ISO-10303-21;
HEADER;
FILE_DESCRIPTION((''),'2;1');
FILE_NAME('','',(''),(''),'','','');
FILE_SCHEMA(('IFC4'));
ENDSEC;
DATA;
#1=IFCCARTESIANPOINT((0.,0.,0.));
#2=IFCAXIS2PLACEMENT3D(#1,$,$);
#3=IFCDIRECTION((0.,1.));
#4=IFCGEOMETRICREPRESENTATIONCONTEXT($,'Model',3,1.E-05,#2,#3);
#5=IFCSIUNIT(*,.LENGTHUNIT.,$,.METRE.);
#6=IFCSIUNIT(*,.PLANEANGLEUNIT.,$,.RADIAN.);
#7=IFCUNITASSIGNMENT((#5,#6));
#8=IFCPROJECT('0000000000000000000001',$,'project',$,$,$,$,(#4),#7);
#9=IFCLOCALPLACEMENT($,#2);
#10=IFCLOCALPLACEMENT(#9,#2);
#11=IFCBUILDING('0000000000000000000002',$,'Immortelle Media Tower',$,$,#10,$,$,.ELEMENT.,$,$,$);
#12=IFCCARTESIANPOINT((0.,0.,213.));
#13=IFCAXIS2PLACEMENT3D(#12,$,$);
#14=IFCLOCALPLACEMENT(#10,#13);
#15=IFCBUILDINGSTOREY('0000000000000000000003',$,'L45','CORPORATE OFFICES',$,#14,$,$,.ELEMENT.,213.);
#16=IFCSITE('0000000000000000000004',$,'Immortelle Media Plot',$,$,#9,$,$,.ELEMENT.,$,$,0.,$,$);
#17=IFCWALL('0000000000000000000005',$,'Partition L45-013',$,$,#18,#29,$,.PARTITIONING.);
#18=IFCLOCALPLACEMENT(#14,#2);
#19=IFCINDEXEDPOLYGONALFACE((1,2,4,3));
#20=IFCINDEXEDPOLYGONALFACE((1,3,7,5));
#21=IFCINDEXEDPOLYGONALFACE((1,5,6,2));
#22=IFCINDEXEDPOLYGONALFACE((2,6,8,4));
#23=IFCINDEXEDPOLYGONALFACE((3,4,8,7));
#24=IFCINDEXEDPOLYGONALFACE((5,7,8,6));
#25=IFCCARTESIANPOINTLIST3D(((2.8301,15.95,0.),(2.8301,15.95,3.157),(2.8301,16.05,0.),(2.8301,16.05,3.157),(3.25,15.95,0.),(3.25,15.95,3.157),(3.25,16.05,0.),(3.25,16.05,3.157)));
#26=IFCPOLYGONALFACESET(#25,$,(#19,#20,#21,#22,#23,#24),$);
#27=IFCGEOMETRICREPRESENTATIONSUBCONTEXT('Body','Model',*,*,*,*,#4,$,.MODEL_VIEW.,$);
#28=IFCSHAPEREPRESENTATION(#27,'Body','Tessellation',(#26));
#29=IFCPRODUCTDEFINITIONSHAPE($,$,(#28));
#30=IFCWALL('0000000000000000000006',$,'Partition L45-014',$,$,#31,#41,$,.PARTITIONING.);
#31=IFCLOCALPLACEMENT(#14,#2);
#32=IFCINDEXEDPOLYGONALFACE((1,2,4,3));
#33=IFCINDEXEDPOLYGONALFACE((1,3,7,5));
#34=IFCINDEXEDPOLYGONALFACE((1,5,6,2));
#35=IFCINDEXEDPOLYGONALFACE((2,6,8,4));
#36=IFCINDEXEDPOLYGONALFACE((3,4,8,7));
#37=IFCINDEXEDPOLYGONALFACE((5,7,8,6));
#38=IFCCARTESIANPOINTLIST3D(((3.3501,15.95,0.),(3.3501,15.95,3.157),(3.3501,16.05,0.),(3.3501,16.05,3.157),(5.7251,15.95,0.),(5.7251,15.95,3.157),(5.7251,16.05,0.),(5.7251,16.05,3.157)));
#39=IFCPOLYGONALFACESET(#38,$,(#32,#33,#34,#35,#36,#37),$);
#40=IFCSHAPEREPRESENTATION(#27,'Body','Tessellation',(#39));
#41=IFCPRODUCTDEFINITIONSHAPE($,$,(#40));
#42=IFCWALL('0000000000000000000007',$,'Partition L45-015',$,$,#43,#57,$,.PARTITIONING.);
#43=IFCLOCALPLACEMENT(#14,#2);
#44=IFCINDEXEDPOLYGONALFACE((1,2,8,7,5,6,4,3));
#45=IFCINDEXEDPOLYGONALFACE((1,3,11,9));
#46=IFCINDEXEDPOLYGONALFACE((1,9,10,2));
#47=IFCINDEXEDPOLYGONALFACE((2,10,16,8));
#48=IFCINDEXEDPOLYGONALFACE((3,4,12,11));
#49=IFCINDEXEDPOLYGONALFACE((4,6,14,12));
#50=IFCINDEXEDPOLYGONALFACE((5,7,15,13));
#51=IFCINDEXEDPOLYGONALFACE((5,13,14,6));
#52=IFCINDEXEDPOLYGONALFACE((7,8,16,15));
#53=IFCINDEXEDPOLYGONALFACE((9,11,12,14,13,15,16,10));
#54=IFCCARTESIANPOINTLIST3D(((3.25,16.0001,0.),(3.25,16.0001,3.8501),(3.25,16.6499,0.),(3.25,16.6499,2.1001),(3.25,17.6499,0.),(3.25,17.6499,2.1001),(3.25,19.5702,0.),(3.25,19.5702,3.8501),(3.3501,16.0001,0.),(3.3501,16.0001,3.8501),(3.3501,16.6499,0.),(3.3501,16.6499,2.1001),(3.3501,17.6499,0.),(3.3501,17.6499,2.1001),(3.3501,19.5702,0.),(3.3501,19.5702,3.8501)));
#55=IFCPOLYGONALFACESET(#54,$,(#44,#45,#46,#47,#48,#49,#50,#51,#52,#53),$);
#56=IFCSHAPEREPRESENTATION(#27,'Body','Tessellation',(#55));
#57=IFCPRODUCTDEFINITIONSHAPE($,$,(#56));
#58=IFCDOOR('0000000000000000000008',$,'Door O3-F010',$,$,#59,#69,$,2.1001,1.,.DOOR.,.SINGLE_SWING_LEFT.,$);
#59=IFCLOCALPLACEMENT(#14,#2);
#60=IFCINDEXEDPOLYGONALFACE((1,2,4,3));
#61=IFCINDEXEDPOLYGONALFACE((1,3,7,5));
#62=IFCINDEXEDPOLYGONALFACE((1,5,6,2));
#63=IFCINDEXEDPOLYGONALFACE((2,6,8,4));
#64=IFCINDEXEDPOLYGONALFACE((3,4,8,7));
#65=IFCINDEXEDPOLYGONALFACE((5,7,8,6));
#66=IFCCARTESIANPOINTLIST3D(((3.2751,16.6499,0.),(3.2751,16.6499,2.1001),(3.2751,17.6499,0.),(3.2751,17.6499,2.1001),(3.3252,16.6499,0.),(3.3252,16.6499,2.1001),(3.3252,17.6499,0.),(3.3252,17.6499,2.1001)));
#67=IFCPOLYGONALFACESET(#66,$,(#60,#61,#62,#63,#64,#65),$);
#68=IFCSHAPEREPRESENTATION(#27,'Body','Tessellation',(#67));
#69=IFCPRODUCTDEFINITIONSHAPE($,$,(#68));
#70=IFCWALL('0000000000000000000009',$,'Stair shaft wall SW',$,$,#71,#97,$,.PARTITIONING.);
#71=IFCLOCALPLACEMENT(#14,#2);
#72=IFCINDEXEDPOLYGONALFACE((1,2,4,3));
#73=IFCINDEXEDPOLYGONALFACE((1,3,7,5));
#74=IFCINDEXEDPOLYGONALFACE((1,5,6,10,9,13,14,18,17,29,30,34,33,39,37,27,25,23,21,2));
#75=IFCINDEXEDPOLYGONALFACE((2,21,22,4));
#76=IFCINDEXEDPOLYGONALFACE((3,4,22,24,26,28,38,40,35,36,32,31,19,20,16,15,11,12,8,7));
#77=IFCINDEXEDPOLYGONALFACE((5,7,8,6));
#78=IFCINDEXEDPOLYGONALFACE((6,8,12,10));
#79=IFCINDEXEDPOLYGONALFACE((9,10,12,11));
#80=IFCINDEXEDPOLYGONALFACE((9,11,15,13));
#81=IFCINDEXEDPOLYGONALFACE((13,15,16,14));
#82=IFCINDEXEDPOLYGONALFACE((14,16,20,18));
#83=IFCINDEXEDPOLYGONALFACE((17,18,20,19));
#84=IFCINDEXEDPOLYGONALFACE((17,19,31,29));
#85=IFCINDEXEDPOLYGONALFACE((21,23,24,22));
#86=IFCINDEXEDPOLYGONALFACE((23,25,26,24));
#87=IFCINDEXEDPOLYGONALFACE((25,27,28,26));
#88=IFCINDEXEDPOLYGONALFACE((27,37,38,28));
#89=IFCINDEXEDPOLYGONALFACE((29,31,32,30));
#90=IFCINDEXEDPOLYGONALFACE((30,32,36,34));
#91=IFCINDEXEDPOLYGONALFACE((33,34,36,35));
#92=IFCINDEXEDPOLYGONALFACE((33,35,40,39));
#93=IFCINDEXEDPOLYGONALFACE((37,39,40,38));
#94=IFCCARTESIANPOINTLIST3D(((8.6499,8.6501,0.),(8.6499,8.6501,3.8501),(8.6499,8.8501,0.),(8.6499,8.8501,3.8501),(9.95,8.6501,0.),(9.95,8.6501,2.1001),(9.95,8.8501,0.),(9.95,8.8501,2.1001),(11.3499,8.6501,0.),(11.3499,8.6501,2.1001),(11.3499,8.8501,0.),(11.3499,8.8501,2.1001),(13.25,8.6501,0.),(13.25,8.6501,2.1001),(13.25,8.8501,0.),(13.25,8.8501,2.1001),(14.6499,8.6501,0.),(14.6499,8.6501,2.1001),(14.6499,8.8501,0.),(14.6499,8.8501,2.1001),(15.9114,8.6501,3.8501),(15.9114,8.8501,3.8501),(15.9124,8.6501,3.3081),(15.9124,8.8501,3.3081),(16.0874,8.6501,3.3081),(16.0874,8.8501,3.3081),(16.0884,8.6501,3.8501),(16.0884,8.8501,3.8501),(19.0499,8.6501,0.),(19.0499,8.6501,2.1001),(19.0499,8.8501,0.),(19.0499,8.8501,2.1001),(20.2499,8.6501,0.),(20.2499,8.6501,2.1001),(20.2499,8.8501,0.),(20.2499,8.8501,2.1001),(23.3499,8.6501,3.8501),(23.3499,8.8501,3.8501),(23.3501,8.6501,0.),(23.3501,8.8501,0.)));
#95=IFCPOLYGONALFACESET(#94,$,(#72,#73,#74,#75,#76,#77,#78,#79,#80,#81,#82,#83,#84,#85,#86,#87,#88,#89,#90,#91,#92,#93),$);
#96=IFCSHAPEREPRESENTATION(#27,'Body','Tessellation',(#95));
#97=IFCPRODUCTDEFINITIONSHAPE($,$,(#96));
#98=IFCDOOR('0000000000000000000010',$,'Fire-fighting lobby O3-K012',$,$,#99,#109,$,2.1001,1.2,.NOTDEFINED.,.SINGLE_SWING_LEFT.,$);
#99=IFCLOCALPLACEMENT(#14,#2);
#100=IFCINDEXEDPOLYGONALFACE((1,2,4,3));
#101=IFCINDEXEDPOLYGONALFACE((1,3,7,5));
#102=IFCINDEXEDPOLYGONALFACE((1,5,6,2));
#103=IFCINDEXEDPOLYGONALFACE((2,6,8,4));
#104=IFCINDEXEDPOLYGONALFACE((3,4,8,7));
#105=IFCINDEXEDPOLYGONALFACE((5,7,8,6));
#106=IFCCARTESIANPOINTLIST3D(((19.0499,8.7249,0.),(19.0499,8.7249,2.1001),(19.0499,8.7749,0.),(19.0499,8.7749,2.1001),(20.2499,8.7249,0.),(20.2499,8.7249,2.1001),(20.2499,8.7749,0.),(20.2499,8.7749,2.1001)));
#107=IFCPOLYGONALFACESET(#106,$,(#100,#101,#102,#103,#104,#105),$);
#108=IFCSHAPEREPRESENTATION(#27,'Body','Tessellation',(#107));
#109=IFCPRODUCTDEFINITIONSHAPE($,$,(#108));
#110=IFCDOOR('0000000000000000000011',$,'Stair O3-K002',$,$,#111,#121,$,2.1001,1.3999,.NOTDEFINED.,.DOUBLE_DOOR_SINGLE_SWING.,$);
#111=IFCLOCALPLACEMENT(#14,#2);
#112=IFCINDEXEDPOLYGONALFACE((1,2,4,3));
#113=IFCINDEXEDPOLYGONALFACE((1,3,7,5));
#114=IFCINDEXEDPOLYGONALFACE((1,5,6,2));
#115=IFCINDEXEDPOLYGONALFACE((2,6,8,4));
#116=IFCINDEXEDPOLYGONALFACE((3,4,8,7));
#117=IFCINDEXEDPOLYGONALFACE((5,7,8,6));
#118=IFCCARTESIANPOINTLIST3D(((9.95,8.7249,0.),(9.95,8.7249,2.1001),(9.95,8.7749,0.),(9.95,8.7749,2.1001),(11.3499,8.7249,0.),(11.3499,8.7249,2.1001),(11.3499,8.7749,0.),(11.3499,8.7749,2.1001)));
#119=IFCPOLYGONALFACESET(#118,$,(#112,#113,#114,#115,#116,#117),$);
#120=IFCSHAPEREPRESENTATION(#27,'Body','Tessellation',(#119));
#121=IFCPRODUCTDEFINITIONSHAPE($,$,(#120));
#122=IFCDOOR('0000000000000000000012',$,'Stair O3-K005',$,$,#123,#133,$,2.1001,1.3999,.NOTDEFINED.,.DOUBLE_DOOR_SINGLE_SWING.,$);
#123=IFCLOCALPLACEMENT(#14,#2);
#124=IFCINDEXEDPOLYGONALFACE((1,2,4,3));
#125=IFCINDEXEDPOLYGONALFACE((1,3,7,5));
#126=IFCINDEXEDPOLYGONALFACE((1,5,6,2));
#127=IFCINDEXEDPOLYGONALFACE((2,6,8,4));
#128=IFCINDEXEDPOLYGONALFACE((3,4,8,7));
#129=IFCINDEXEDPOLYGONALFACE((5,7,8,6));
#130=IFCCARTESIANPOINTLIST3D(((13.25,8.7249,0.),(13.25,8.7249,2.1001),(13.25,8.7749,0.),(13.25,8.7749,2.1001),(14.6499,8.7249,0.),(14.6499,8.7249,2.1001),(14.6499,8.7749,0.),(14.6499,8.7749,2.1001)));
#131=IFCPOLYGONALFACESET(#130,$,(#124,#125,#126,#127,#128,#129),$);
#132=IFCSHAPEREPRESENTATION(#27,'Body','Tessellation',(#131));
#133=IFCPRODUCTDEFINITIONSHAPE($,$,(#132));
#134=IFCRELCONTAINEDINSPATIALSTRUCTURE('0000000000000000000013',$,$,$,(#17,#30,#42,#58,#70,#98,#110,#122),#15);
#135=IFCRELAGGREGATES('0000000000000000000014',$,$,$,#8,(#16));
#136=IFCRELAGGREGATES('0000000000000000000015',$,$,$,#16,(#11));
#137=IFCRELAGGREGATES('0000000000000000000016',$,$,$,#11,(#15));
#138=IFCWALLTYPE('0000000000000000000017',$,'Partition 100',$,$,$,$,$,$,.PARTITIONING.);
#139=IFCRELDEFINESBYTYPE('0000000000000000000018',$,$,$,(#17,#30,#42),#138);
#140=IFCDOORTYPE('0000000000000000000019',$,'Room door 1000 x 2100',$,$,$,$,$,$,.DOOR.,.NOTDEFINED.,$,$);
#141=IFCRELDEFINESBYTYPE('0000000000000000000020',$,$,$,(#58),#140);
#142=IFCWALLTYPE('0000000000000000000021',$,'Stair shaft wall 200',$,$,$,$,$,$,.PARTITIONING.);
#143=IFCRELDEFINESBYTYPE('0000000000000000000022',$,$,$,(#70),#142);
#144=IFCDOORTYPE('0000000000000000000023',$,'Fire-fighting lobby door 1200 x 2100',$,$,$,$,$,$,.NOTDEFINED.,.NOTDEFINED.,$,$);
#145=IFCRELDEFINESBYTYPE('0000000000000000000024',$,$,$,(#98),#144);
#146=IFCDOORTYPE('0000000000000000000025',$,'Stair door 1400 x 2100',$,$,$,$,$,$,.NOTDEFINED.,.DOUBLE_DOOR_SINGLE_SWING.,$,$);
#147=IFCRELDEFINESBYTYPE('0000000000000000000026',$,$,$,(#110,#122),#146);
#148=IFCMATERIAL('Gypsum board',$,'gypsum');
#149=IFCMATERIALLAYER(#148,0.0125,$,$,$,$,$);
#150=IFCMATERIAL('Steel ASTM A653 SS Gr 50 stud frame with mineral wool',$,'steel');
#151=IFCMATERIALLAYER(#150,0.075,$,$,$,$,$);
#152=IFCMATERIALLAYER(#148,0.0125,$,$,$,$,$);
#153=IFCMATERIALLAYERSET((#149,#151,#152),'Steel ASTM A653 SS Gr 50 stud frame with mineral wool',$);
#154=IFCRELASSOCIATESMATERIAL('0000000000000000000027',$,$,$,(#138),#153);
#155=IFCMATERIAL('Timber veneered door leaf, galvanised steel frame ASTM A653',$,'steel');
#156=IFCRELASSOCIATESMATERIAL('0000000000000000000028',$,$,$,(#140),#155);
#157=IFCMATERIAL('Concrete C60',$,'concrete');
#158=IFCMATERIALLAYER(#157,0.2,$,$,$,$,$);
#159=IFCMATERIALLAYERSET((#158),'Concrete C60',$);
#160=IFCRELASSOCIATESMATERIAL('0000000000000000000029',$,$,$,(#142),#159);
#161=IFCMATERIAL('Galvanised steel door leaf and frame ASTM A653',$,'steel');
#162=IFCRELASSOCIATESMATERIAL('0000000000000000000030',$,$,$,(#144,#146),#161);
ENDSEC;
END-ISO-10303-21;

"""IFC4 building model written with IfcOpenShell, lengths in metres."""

from ifc_helpers import new_model, si_unit, direction, frame, frame_2d, origin, place, context, subcontext, project, spatial, polyline, rectangle, outline, extrude, material, layer, layer_set, type_object, element, fill, save


model = new_model("IFC4")

# Units and contexts
model_context = context("Model", 3, precision=1e-05, world=origin(), true_north=direction((0.0, 1.0)))
body_context = subcontext(model_context, "Body", "Model", "MODEL_VIEW")
ifc_project = project(units=[si_unit("LENGTHUNIT", "METRE"), si_unit("PLANEANGLEUNIT", "RADIAN")], contexts=[model_context])

# Site, building, storey
site_placement = place(None, origin())
site = spatial("IfcSite", under=ifc_project, at=site_placement, Name="Immortelle Media Plot", CompositionType="ELEMENT", RefElevation=0.0)
building_placement = place(site_placement, origin())
building = spatial("IfcBuilding", under=site, at=building_placement, Name="Immortelle Media Tower", CompositionType="ELEMENT")
storey_placement = place(building_placement, frame((0.0, 0.0, 213.0)))
storey = spatial("IfcBuildingStorey", under=building, at=storey_placement, Name="L45", Description="CORPORATE OFFICES", CompositionType="ELEMENT", Elevation=213.0)

# Shared definitions
ifc_material_1 = material(Name="Steel ASTM A653 SS Gr 50 stud frame with mineral wool", Category="steel")

# Walls
ifc_material_2 = material(Name="Gypsum board", Category="gypsum")
ifc_layer_1 = layer(ifc_material_2, 0.0125)
ifc_layer_2 = layer(ifc_material_1, 0.075)
ifc_layer_3 = layer(ifc_material_2, 0.0125)
ifc_layer_set_1 = layer_set([ifc_layer_1, ifc_layer_2, ifc_layer_3], Name="Steel ASTM A653 SS Gr 50 stud frame with mineral wool")
wall_type_1 = type_object("IfcWallType", Name="Partition 100", PredefinedType="PARTITIONING", material=ifc_layer_set_1)
wall_1_placement = place(storey_placement, frame((2.8301, 16.0, 0.0), z_axis=(0.0, 0.0, 1.0), x_axis=(1.0, 0.0, 0.0)))
element("IfcWall", 1, at=wall_1_placement, inside=storey, type_object=wall_type_1, Name="Partition L45-013", PredefinedType="PARTITIONING", context=body_context, shape_type="SweptSolid", body=[
    extrude(rectangle(XDim=0.4199, YDim=0.1001, at=frame_2d((0.21, 0.0))), origin(), (0.0, 0.0, 1.0), 3.157),
])
wall_2_placement = place(storey_placement, frame((3.3501, 16.0, 0.0), z_axis=(0.0, 0.0, 1.0), x_axis=(1.0, 0.0, 0.0)))
element("IfcWall", 2, at=wall_2_placement, inside=storey, type_object=wall_type_1, Name="Partition L45-014", PredefinedType="PARTITIONING", context=body_context, shape_type="SweptSolid", body=[
    extrude(rectangle(XDim=2.375, YDim=0.1001, at=frame_2d((1.1875, 0.0))), origin(), (0.0, 0.0, 1.0), 3.157),
])

# Wall, opening, door
wall_3_placement = place(storey_placement, frame((3.3, 16.0, 0.0), z_axis=(0.0, 0.0, 1.0), x_axis=(0.0, 1.0, 0.0)))
wall_3 = element("IfcWall", 3, at=wall_3_placement, inside=storey, type_object=wall_type_1, Name="Partition L45-015", PredefinedType="PARTITIONING", context=body_context, shape_type="SweptSolid", body=[
    extrude(rectangle(XDim=3.5701, YDim=0.1001, at=frame_2d((1.7852, 0.0))), origin(), (0.0, 0.0, 1.0), 3.8501),
])
opening_1_placement = place(wall_3_placement, frame((0.6499, 0.0, 0.0)))
opening_1 = element("IfcOpeningElement", 4, at=opening_1_placement, cuts=wall_3, PredefinedType="OPENING", context=body_context, shape_type="SweptSolid", body=[
    extrude(rectangle(XDim=1.0, YDim=2.1001, at=frame_2d((0.5, 1.05))), frame((0.0, 0.0601, 0.0), z_axis=(0.0, -1.0, 0.0), x_axis=(1.0, 0.0, 0.0)), (0.0, 0.0, 1.0), 0.1201),
])
ifc_material_3 = material(Name="Timber veneered door leaf, galvanised steel frame ASTM A653", Category="steel")
door_type_1 = type_object("IfcDoorType", Name="Room door 1000 x 2100", OperationType="NOTDEFINED", PredefinedType="DOOR", material=ifc_material_3)
door_1_placement = place(opening_1_placement, origin())
door_1 = element("IfcDoor", 5, at=door_1_placement, inside=storey, type_object=door_type_1, Name="Door O3-F010", OperationType="SINGLE_SWING_LEFT", OverallHeight=2.1001, OverallWidth=1.0, PredefinedType="DOOR", context=body_context, shape_type="SweptSolid", body=[
    extrude(rectangle(XDim=1.0, YDim=2.1001, at=frame_2d((0.5, 1.05))), frame((0.0, 0.0249, 0.0), z_axis=(0.0, -1.0, 0.0), x_axis=(1.0, 0.0, 0.0)), (0.0, 0.0, 1.0), 0.05),
])
fill(opening_1, door_1)

# Wall, openings, doors
ifc_material_4 = material(Name="Concrete C60", Category="concrete")
ifc_layer_4 = layer(ifc_material_4, 0.2)
ifc_layer_set_2 = layer_set([ifc_layer_4], Name="Concrete C60")
wall_type_2 = type_object("IfcWallType", Name="Stair shaft wall 200", PredefinedType="PARTITIONING", material=ifc_layer_set_2)
wall_4_placement = place(storey_placement, frame((8.6499, 8.75, 0.0), z_axis=(0.0, 0.0, 1.0), x_axis=(1.0, 0.0, 0.0)))
wall_4 = element("IfcWall", 6, at=wall_4_placement, inside=storey, type_object=wall_type_2, Name="Stair shaft wall SW", PredefinedType="PARTITIONING", context=body_context, shape_type="SweptSolid", body=[
    extrude(outline(polyline([(0.0, 0.0), (14.7002, 0.0), (14.7, 3.8501), (7.4385, 3.8501), (7.4375, 3.3081), (7.2625, 3.3081), (7.2615, 3.8501), (0.0, 3.8501), (0.0, 0.0)])), frame((0.0, 0.1001, 0.0), z_axis=(0.0, -1.0, 0.0), x_axis=(1.0, 0.0, 0.0)), (0.0, 0.0, 1.0), 0.2),
])
opening_2_placement = place(wall_4_placement, frame((1.3, 0.0, 0.0)))
opening_2 = element("IfcOpeningElement", 7, at=opening_2_placement, cuts=wall_4, PredefinedType="OPENING", context=body_context, shape_type="SweptSolid", body=[
    extrude(rectangle(XDim=1.3999, YDim=2.1001, at=frame_2d((0.7, 1.05))), frame((0.0, 0.1099, 0.0), z_axis=(0.0, -1.0, 0.0), x_axis=(1.0, 0.0, 0.0)), (0.0, 0.0, 1.0), 0.22),
])
opening_3_placement = place(wall_4_placement, frame((4.6001, 0.0, 0.0)))
opening_3 = element("IfcOpeningElement", 8, at=opening_3_placement, cuts=wall_4, PredefinedType="OPENING", context=body_context, shape_type="SweptSolid", body=[
    extrude(rectangle(XDim=1.3999, YDim=2.1001, at=frame_2d((0.7, 1.05))), frame((0.0, 0.1099, 0.0), z_axis=(0.0, -1.0, 0.0), x_axis=(1.0, 0.0, 0.0)), (0.0, 0.0, 1.0), 0.22),
])
opening_4_placement = place(wall_4_placement, frame((10.3999, 0.0, 0.0)))
opening_4 = element("IfcOpeningElement", 9, at=opening_4_placement, cuts=wall_4, PredefinedType="OPENING", context=body_context, shape_type="SweptSolid", body=[
    extrude(rectangle(XDim=1.2, YDim=2.1001, at=frame_2d((0.6001, 1.05))), frame((0.0, 0.1099, 0.0), z_axis=(0.0, -1.0, 0.0), x_axis=(1.0, 0.0, 0.0)), (0.0, 0.0, 1.0), 0.22),
])
ifc_material_5 = material(Name="Galvanised steel door leaf and frame ASTM A653", Category="steel")
door_type_2 = type_object("IfcDoorType", Name="Fire-fighting lobby door 1200 x 2100", OperationType="NOTDEFINED", PredefinedType="NOTDEFINED", material=ifc_material_5)
door_2_placement = place(opening_4_placement, origin())
door_2 = element("IfcDoor", 10, at=door_2_placement, inside=storey, type_object=door_type_2, Name="Fire-fighting lobby O3-K012", OperationType="SINGLE_SWING_LEFT", OverallHeight=2.1001, OverallWidth=1.2, PredefinedType="NOTDEFINED", context=body_context, shape_type="SweptSolid", body=[
    extrude(rectangle(XDim=1.2, YDim=2.1001, at=frame_2d((0.6001, 1.05))), frame((0.0, 0.0249, 0.0), z_axis=(0.0, -1.0, 0.0), x_axis=(1.0, 0.0, 0.0)), (0.0, 0.0, 1.0), 0.05),
])
fill(opening_4, door_2)
door_type_3 = type_object("IfcDoorType", Name="Stair door 1400 x 2100", OperationType="DOUBLE_DOOR_SINGLE_SWING", PredefinedType="NOTDEFINED", material=ifc_material_5)
door_3_placement = place(opening_2_placement, origin())
door_3 = element("IfcDoor", 11, at=door_3_placement, inside=storey, type_object=door_type_3, Name="Stair O3-K002", OperationType="DOUBLE_DOOR_SINGLE_SWING", OverallHeight=2.1001, OverallWidth=1.3999, PredefinedType="NOTDEFINED", context=body_context, shape_type="SweptSolid", body=[
    extrude(rectangle(XDim=1.3999, YDim=2.1001, at=frame_2d((0.7, 1.05))), frame((0.0, 0.0249, 0.0), z_axis=(0.0, -1.0, 0.0), x_axis=(1.0, 0.0, 0.0)), (0.0, 0.0, 1.0), 0.05),
])
fill(opening_2, door_3)
door_4_placement = place(opening_3_placement, origin())
door_4 = element("IfcDoor", 12, at=door_4_placement, inside=storey, type_object=door_type_3, Name="Stair O3-K005", OperationType="DOUBLE_DOOR_SINGLE_SWING", OverallHeight=2.1001, OverallWidth=1.3999, PredefinedType="NOTDEFINED", context=body_context, shape_type="SweptSolid", body=[
    extrude(rectangle(XDim=1.3999, YDim=2.1001, at=frame_2d((0.7, 1.05))), frame((0.0, 0.0249, 0.0), z_axis=(0.0, -1.0, 0.0), x_axis=(1.0, 0.0, 0.0)), (0.0, 0.0, 1.0), 0.05),
])
fill(opening_3, door_4)

save(model, "model.ifc")
